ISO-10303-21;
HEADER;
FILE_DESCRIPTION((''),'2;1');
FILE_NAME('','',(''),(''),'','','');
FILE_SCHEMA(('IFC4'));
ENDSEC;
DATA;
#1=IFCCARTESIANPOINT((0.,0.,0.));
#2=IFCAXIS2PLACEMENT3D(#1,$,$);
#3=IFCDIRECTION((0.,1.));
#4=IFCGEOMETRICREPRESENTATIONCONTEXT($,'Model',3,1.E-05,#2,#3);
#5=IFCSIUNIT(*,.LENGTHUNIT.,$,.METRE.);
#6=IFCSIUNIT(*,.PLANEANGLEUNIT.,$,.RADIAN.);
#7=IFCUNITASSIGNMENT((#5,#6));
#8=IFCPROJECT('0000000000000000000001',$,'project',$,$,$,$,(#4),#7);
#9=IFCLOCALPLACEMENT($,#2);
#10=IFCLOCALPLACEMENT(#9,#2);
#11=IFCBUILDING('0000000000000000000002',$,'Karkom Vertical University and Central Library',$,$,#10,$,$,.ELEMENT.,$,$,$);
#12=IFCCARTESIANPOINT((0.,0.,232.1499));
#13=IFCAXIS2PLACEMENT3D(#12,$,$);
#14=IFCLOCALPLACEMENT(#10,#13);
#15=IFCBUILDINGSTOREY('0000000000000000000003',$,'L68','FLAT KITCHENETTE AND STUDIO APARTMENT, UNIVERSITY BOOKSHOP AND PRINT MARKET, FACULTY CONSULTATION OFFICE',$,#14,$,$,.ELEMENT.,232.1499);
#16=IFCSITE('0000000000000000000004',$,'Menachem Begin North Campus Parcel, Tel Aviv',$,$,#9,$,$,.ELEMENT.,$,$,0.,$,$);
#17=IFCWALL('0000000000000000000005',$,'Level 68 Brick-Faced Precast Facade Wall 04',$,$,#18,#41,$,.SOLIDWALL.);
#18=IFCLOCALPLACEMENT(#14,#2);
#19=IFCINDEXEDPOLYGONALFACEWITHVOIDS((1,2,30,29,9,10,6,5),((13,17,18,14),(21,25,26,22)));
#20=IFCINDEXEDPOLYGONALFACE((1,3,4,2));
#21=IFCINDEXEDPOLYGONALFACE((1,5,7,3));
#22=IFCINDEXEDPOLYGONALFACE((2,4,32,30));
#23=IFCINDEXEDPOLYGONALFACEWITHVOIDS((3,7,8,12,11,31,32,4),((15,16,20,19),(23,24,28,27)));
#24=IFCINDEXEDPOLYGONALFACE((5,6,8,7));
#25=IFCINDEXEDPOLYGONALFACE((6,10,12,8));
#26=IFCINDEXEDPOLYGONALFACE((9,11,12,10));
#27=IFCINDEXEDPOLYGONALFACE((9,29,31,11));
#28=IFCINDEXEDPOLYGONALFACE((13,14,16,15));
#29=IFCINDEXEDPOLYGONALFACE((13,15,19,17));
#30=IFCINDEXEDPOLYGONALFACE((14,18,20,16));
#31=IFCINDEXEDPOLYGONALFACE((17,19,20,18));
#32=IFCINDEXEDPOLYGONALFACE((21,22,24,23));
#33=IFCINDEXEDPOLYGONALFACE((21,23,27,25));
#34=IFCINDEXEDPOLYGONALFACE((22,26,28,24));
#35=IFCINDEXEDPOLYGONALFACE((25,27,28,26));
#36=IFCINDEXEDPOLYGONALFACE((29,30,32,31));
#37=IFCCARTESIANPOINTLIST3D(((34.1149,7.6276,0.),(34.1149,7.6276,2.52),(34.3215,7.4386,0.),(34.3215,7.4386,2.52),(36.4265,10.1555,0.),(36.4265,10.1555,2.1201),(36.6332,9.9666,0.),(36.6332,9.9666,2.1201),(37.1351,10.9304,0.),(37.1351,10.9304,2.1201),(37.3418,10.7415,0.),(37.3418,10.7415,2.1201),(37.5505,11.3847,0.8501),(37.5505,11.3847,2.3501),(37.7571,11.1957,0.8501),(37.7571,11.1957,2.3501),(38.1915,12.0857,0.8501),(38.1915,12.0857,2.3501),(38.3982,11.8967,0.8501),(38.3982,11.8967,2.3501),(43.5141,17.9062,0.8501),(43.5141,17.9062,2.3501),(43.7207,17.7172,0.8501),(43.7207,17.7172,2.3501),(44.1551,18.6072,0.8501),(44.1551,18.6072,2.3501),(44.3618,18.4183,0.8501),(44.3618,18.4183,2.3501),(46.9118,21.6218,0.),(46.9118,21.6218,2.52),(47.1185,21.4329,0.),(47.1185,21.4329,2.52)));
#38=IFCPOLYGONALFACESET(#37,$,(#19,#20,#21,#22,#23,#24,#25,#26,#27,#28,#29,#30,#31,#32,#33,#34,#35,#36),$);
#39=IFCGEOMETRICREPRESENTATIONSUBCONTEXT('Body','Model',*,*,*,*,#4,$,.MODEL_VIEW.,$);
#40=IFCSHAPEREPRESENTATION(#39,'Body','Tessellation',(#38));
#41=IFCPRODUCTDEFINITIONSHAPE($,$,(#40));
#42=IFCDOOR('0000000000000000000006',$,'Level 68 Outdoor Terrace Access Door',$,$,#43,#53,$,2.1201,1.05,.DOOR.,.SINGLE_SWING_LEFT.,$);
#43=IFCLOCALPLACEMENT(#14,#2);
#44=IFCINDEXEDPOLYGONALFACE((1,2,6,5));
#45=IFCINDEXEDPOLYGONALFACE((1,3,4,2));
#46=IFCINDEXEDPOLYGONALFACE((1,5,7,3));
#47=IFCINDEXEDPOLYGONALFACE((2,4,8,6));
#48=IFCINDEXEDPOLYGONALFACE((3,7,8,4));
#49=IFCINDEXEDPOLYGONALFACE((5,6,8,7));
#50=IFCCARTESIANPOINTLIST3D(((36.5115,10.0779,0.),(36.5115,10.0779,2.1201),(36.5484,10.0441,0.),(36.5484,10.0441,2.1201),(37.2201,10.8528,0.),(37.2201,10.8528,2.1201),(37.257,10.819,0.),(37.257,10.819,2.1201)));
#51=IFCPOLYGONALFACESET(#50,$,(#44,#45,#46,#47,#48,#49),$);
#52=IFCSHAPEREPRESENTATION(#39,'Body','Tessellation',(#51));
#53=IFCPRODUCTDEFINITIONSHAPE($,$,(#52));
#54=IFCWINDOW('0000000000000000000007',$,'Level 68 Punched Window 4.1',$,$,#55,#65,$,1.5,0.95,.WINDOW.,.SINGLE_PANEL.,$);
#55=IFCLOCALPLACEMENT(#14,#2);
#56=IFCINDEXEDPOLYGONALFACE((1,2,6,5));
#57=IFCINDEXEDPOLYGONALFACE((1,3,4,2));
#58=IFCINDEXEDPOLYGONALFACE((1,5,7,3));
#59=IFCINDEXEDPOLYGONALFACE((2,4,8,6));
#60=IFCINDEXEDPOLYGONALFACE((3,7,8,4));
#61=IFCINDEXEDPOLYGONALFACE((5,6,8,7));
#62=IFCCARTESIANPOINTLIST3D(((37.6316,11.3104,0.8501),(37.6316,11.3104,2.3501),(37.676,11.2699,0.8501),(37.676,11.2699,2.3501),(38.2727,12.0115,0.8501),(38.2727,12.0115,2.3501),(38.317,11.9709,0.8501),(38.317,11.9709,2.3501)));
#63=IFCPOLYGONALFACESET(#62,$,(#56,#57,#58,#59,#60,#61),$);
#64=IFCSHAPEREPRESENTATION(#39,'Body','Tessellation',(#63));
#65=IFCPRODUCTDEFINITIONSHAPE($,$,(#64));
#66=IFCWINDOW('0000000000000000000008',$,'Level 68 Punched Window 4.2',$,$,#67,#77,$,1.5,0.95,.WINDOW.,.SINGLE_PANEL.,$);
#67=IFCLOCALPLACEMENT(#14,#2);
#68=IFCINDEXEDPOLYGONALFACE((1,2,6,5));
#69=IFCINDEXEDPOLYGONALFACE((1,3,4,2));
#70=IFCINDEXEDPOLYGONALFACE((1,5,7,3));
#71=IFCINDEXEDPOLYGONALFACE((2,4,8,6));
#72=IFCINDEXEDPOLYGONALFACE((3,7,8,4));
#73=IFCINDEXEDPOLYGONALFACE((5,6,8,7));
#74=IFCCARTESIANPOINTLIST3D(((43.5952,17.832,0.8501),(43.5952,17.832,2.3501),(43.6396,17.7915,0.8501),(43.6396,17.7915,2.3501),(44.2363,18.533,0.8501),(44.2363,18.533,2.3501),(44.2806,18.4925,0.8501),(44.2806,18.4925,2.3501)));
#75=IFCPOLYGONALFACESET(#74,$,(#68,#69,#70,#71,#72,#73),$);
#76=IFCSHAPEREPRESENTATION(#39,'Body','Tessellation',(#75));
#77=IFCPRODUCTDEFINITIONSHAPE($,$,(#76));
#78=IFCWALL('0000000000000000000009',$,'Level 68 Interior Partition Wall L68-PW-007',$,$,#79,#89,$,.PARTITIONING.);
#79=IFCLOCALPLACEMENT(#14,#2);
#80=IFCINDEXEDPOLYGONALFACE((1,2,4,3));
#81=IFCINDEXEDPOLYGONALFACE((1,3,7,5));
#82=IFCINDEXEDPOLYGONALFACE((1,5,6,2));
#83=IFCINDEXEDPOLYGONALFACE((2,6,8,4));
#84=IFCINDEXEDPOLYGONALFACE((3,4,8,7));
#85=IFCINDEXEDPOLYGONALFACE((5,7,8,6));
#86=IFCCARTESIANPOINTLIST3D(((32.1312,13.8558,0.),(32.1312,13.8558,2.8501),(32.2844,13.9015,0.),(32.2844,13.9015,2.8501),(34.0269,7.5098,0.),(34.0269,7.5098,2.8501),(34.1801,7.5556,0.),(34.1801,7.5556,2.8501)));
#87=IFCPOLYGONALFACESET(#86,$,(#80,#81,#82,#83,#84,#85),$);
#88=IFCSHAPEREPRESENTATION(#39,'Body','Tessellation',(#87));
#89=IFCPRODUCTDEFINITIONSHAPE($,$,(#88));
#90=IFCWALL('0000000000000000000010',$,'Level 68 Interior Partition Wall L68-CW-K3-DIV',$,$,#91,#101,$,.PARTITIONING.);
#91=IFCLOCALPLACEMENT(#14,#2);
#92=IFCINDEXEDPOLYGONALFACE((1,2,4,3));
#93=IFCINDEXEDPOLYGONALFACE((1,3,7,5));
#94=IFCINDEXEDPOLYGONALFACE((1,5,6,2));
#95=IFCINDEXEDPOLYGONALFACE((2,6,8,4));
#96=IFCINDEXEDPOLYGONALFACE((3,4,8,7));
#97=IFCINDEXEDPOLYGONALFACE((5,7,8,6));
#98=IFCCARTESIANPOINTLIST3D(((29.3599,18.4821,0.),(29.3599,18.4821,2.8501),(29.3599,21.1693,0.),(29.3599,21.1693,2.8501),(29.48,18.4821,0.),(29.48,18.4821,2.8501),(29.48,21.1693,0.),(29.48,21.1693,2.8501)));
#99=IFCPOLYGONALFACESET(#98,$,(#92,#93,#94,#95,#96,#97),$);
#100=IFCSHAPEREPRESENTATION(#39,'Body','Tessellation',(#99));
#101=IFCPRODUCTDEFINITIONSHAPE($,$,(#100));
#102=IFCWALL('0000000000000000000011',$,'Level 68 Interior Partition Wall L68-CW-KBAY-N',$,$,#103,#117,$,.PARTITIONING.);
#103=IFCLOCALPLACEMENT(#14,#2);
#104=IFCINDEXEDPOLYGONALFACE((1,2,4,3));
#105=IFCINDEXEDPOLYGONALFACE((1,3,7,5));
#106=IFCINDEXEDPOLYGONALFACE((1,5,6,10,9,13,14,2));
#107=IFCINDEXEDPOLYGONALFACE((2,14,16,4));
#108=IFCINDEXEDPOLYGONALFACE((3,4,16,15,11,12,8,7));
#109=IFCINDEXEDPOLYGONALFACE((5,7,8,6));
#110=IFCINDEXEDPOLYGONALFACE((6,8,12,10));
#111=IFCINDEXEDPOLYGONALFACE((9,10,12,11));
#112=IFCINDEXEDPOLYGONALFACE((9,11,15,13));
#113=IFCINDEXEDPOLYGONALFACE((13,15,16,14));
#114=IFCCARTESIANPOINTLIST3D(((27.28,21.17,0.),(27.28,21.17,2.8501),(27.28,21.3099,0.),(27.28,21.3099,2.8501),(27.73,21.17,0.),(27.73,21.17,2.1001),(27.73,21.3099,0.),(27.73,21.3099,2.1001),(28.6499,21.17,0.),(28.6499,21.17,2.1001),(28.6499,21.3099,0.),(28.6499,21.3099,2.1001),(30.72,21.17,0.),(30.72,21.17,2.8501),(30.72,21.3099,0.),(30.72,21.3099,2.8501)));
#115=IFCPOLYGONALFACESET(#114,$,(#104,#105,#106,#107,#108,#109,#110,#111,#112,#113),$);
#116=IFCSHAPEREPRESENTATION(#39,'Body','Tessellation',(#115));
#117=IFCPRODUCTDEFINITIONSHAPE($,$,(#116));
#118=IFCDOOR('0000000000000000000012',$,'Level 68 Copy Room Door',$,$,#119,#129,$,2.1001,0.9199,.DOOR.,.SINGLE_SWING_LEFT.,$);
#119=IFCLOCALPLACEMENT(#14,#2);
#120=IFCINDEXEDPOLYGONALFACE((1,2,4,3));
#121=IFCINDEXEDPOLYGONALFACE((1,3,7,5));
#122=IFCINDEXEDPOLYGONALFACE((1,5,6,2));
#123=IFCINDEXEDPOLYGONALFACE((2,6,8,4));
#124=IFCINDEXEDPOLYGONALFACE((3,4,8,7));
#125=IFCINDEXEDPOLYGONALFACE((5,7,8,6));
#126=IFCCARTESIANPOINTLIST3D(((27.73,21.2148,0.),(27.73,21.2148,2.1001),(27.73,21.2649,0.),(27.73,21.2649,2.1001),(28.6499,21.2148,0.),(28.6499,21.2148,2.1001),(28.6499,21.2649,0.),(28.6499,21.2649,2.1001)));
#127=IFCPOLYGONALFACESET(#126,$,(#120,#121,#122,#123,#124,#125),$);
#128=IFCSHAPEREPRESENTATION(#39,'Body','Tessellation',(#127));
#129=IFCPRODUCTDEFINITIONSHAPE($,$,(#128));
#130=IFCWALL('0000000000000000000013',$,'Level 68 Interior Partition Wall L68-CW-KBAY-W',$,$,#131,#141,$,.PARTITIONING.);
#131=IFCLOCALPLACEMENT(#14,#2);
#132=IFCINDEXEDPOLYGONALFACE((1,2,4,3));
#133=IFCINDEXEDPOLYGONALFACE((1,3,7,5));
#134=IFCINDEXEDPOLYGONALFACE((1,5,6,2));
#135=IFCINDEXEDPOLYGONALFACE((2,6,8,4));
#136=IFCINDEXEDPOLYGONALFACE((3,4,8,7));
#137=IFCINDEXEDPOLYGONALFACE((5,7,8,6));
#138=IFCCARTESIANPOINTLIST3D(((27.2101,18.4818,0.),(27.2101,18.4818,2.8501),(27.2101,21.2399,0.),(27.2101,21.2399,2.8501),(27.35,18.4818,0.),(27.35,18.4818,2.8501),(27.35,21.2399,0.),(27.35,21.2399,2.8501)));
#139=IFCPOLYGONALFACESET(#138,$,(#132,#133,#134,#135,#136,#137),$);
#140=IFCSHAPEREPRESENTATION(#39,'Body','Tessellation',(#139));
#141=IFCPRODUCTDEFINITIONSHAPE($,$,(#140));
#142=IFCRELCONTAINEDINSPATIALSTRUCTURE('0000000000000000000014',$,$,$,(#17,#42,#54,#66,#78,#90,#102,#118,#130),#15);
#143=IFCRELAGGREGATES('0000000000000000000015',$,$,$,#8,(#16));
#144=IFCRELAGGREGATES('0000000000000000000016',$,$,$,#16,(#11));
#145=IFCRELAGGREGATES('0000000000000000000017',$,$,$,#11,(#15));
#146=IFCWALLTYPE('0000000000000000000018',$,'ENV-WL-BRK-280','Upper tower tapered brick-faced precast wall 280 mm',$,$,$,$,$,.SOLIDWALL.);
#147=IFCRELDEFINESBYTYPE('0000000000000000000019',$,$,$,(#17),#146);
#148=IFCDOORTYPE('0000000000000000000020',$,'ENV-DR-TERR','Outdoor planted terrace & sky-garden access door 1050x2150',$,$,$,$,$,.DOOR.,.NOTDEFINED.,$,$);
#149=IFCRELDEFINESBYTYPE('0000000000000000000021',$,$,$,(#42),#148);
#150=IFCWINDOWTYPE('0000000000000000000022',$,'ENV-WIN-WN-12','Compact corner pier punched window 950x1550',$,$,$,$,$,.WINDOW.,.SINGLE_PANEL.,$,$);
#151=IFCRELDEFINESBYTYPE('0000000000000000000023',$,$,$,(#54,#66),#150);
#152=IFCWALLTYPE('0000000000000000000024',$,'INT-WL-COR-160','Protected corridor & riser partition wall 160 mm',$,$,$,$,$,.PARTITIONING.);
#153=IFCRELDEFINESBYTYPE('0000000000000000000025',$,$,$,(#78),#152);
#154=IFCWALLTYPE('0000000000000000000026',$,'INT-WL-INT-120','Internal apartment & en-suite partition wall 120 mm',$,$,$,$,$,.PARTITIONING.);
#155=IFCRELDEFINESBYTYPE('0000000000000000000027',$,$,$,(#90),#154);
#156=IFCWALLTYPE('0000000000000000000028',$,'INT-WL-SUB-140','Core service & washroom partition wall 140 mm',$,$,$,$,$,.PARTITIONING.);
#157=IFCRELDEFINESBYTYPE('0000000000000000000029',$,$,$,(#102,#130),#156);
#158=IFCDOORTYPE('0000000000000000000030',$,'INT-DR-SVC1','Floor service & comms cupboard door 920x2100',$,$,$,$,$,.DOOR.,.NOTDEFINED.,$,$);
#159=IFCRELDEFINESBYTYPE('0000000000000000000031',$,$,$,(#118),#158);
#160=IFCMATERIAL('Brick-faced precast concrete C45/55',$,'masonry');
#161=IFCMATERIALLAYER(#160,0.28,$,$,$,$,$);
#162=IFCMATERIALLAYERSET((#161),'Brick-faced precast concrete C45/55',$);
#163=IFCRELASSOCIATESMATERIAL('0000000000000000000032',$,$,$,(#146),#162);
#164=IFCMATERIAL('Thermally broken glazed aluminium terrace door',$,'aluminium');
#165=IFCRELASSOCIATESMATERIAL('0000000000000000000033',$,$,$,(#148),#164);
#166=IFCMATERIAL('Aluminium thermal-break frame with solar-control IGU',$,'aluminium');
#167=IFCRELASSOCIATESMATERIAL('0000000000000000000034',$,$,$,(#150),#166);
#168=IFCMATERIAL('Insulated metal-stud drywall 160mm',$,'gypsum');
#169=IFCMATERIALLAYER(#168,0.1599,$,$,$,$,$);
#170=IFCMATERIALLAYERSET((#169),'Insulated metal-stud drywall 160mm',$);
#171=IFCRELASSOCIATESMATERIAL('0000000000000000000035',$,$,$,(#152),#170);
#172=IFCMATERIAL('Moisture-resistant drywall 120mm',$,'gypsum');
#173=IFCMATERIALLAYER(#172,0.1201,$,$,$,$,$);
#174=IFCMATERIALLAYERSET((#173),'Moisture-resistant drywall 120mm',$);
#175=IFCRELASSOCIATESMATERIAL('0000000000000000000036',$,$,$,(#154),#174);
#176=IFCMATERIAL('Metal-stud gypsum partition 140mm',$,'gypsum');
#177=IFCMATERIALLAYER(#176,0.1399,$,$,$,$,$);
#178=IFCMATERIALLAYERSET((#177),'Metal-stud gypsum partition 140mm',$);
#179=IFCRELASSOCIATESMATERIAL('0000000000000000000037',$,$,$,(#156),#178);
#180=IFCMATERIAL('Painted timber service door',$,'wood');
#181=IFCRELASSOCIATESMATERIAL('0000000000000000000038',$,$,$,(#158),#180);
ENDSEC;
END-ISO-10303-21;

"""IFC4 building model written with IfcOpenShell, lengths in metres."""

from ifc_helpers import new_model, si_unit, direction, frame, frame_2d, origin, origin_with_axes, place, context, subcontext, project, spatial, rectangle, extrude, source, transform, mapped, material, layer, layer_set, type_object, element, fill, save


model = new_model("IFC4")

# Units and contexts
model_context = context("Model", 3, precision=1e-05, world=origin(), true_north=direction((0.0, 1.0)))
body_context = subcontext(model_context, "Body", "Model", "MODEL_VIEW")
ifc_project = project(units=[si_unit("LENGTHUNIT", "METRE"), si_unit("PLANEANGLEUNIT", "RADIAN")], contexts=[model_context])

# Site, building, storey
site_placement = place(None, origin())
site = spatial("IfcSite", under=ifc_project, at=site_placement, Name="Menachem Begin North Campus Parcel, Tel Aviv", CompositionType="ELEMENT", RefElevation=0.0)
building_placement = place(site_placement, origin())
building = spatial("IfcBuilding", under=site, at=building_placement, Name="Karkom Vertical University and Central Library", CompositionType="ELEMENT")
storey_placement = place(building_placement, frame((0.0, 0.0, 232.1499)))
storey = spatial("IfcBuildingStorey", under=building, at=storey_placement, Name="L68", Description="FLAT KITCHENETTE AND STUDIO APARTMENT, UNIVERSITY BOOKSHOP AND PRINT MARKET, FACULTY CONSULTATION OFFICE", CompositionType="ELEMENT", Elevation=232.1499)

# Shared definitions
ifc_material_1 = material(Name="Brick-faced precast concrete C45/55", Category="masonry")
ifc_layer_1 = layer(ifc_material_1, 0.28)
ifc_layer_set_1 = layer_set([ifc_layer_1], Name="Brick-faced precast concrete C45/55")
wall_type_1 = type_object("IfcWallType", Name="ENV-WL-BRK-280", Description="Upper tower tapered brick-faced precast wall 280 mm", PredefinedType="SOLIDWALL", material=ifc_layer_set_1)
ifc_material_2 = material(Name="Aluminium thermal-break frame with solar-control IGU", Category="aluminium")

# Wall, openings, door, windows
wall_1_placement = place(storey_placement, frame((34.2183, 7.5332, 0.0), z_axis=(0.0, 0.0, 1.0), x_axis=(0.674833, 0.73797, 0.0)))
wall_1 = element("IfcWall", 1, at=wall_1_placement, inside=storey, type_object=wall_type_1, Name="Level 68 Brick-Faced Precast Facade Wall 04", PredefinedType="SOLIDWALL", context=body_context, shape_type="SweptSolid", body=[
    extrude(rectangle(XDim=18.9631, YDim=0.28, at=frame_2d((9.4814, 0.0))), origin(), (0.0, 0.0, 1.0), 2.52),
])
opening_1_placement = place(wall_1_placement, frame((5.0908, 0.0, 0.8501)))
opening_1 = element("IfcOpeningElement", 2, at=opening_1_placement, cuts=wall_1, PredefinedType="OPENING", context=body_context, shape_type="SweptSolid", body=[
    extrude(rectangle(XDim=0.95, YDim=1.5, at=frame_2d((0.4751, 0.75))), frame((0.0, 0.1499, 0.0), z_axis=(0.0, -1.0, 0.0), x_axis=(1.0, 0.0, 0.0)), (0.0, 0.0, 1.0), 0.3),
])
opening_2_placement = place(wall_1_placement, frame((13.928, 0.0, 0.8501)))
opening_2 = element("IfcOpeningElement", 3, at=opening_2_placement, cuts=wall_1, PredefinedType="OPENING", context=body_context, shape_type="SweptSolid", body=[
    extrude(rectangle(XDim=0.95, YDim=1.5, at=frame_2d((0.4751, 0.75))), frame((0.0, 0.1499, 0.0), z_axis=(0.0, -1.0, 0.0), x_axis=(1.0, 0.0, 0.0)), (0.0, 0.0, 1.0), 0.3),
])
opening_3_placement = place(wall_1_placement, frame((3.4255, 0.0, 0.0)))
opening_3 = element("IfcOpeningElement", 4, at=opening_3_placement, cuts=wall_1, PredefinedType="OPENING", context=body_context, shape_type="SweptSolid", body=[
    extrude(rectangle(XDim=1.05, YDim=2.1201, at=frame_2d((0.5249, 1.0601))), frame((0.0, 0.1499, 0.0), z_axis=(0.0, -1.0, 0.0), x_axis=(1.0, 0.0, 0.0)), (0.0, 0.0, 1.0), 0.3),
])
ifc_material_3 = material(Name="Thermally broken glazed aluminium terrace door", Category="aluminium")
door_type_1 = type_object("IfcDoorType", Name="ENV-DR-TERR", Description="Outdoor planted terrace & sky-garden access door 1050x2150", OperationType="NOTDEFINED", PredefinedType="DOOR", material=ifc_material_3)
shared_shape_1 = source(origin_with_axes(), body_context, "Body", "SweptSolid", [
    extrude(rectangle(XDim=1.05, YDim=2.1201, at=frame_2d((0.5249, 1.0601))), frame((0.0, 0.0249, 0.0), z_axis=(0.0, -1.0, 0.0), x_axis=(1.0, 0.0, 0.0)), (0.0, 0.0, 1.0), 0.05),
])
door_1_placement = place(opening_3_placement, origin())
door_1 = element("IfcDoor", 5, at=door_1_placement, inside=storey, type_object=door_type_1, Name="Level 68 Outdoor Terrace Access Door", OperationType="SINGLE_SWING_LEFT", OverallHeight=2.1201, OverallWidth=1.05, PredefinedType="DOOR", context=body_context, shape_type="MappedRepresentation", body=[
    mapped(shared_shape_1, transform((0.0, 0.0, 0.0), scale=1.0)),
])
fill(opening_3, door_1)
window_type_1 = type_object("IfcWindowType", Name="ENV-WIN-WN-12", Description="Compact corner pier punched window 950x1550", PartitioningType="SINGLE_PANEL", PredefinedType="WINDOW", material=ifc_material_2)
shared_shape_2 = source(origin_with_axes(), body_context, "Body", "SweptSolid", [
    extrude(rectangle(XDim=0.95, YDim=1.5, at=frame_2d((0.4751, 0.75))), frame((0.0, 0.03, 0.0), z_axis=(0.0, -1.0, 0.0), x_axis=(1.0, 0.0, 0.0)), (0.0, 0.0, 1.0), 0.0601),
])
window_1_placement = place(opening_1_placement, origin())
window_1 = element("IfcWindow", 6, at=window_1_placement, inside=storey, type_object=window_type_1, Name="Level 68 Punched Window 4.1", OverallHeight=1.5, OverallWidth=0.95, PartitioningType="SINGLE_PANEL", PredefinedType="WINDOW", context=body_context, shape_type="MappedRepresentation", body=[
    mapped(shared_shape_2, transform((0.0, 0.0, 0.0), scale=1.0)),
])
fill(opening_1, window_1)
window_2_placement = place(opening_2_placement, origin())
window_2 = element("IfcWindow", 7, at=window_2_placement, inside=storey, type_object=window_type_1, Name="Level 68 Punched Window 4.2", OverallHeight=1.5, OverallWidth=0.95, PartitioningType="SINGLE_PANEL", PredefinedType="WINDOW", context=body_context, shape_type="MappedRepresentation", body=[
    mapped(shared_shape_2, transform((0.0, 0.0, 0.0), scale=1.0)),
])
fill(opening_2, window_2)

# Walls
ifc_material_4 = material(Name="Insulated metal-stud drywall 160mm", Category="gypsum")
ifc_layer_2 = layer(ifc_material_4, 0.1599)
ifc_layer_set_2 = layer_set([ifc_layer_2], Name="Insulated metal-stud drywall 160mm")
wall_type_2 = type_object("IfcWallType", Name="INT-WL-COR-160", Description="Protected corridor & riser partition wall 160 mm", PredefinedType="PARTITIONING", material=ifc_layer_set_2)
wall_2_placement = place(storey_placement, frame((32.2078, 13.8787, 0.0), z_axis=(0.0, 0.0, 1.0), x_axis=(0.286235, -0.958159, 0.0)))
element("IfcWall", 8, at=wall_2_placement, inside=storey, type_object=wall_type_2, Name="Level 68 Interior Partition Wall L68-PW-007", PredefinedType="PARTITIONING", context=body_context, shape_type="SweptSolid", body=[
    extrude(rectangle(XDim=6.623, YDim=0.1599, at=frame_2d((3.3115, 0.0))), origin(), (0.0, 0.0, 1.0), 2.8501),
])
ifc_material_5 = material(Name="Moisture-resistant drywall 120mm", Category="gypsum")
ifc_layer_3 = layer(ifc_material_5, 0.1201)
ifc_layer_set_3 = layer_set([ifc_layer_3], Name="Moisture-resistant drywall 120mm")
wall_type_3 = type_object("IfcWallType", Name="INT-WL-INT-120", Description="Internal apartment & en-suite partition wall 120 mm", PredefinedType="PARTITIONING", material=ifc_layer_set_3)
wall_3_placement = place(storey_placement, frame((29.4199, 18.4819, 0.0), z_axis=(0.0, 0.0, 1.0), x_axis=(0.0, 1.0, 0.0)))
element("IfcWall", 9, at=wall_3_placement, inside=storey, type_object=wall_type_3, Name="Level 68 Interior Partition Wall L68-CW-K3-DIV", PredefinedType="PARTITIONING", context=body_context, shape_type="SweptSolid", body=[
    extrude(rectangle(XDim=2.6873, YDim=0.1201, at=frame_2d((1.3438, 0.0))), origin(), (0.0, 0.0, 1.0), 2.8501),
])

# Wall, opening, door
ifc_material_6 = material(Name="Metal-stud gypsum partition 140mm", Category="gypsum")
ifc_layer_4 = layer(ifc_material_6, 0.1399)
ifc_layer_set_4 = layer_set([ifc_layer_4], Name="Metal-stud gypsum partition 140mm")
wall_type_4 = type_object("IfcWallType", Name="INT-WL-SUB-140", Description="Core service & washroom partition wall 140 mm", PredefinedType="PARTITIONING", material=ifc_layer_set_4)
wall_4_placement = place(storey_placement, frame((27.28, 21.24, 0.0), z_axis=(0.0, 0.0, 1.0), x_axis=(1.0, 0.0, 0.0)))
wall_4 = element("IfcWall", 10, at=wall_4_placement, inside=storey, type_object=wall_type_4, Name="Level 68 Interior Partition Wall L68-CW-KBAY-N", PredefinedType="PARTITIONING", context=body_context, shape_type="SweptSolid", body=[
    extrude(rectangle(XDim=3.4399, YDim=0.1399, at=frame_2d((1.72, 0.0))), origin(), (0.0, 0.0, 1.0), 2.8501),
])
opening_4_placement = place(wall_4_placement, frame((0.45, 0.0, 0.0)))
opening_4 = element("IfcOpeningElement", 11, at=opening_4_placement, cuts=wall_4, PredefinedType="OPENING", context=body_context, shape_type="SweptSolid", body=[
    extrude(rectangle(XDim=0.9199, YDim=2.1001, at=frame_2d((0.46, 1.05))), frame((0.0, 0.0801, 0.0), z_axis=(0.0, -1.0, 0.0), x_axis=(1.0, 0.0, 0.0)), (0.0, 0.0, 1.0), 0.1599),
])
ifc_material_7 = material(Name="Painted timber service door", Category="wood")
door_type_2 = type_object("IfcDoorType", Name="INT-DR-SVC1", Description="Floor service & comms cupboard door 920x2100", OperationType="NOTDEFINED", PredefinedType="DOOR", material=ifc_material_7)
shared_shape_3 = source(origin_with_axes(), body_context, "Body", "SweptSolid", [
    extrude(rectangle(XDim=0.9199, YDim=2.1001, at=frame_2d((0.46, 1.05))), frame((0.0, 0.0249, 0.0), z_axis=(0.0, -1.0, 0.0), x_axis=(1.0, 0.0, 0.0)), (0.0, 0.0, 1.0), 0.05),
])
door_2_placement = place(opening_4_placement, origin())
door_2 = element("IfcDoor", 12, at=door_2_placement, inside=storey, type_object=door_type_2, Name="Level 68 Copy Room Door", OperationType="SINGLE_SWING_LEFT", OverallHeight=2.1001, OverallWidth=0.9199, PredefinedType="DOOR", context=body_context, shape_type="MappedRepresentation", body=[
    mapped(shared_shape_3, transform((0.0, 0.0, 0.0), scale=1.0)),
])
fill(opening_4, door_2)

# Wall
wall_5_placement = place(storey_placement, frame((27.28, 18.4819, 0.0), z_axis=(0.0, 0.0, 1.0), x_axis=(0.0, 1.0, 0.0)))
element("IfcWall", 13, at=wall_5_placement, inside=storey, type_object=wall_type_4, Name="Level 68 Interior Partition Wall L68-CW-KBAY-W", PredefinedType="PARTITIONING", context=body_context, shape_type="SweptSolid", body=[
    extrude(rectangle(XDim=2.7581, YDim=0.1399, at=frame_2d((1.3789, 0.0))), origin(), (0.0, 0.0, 1.0), 2.8501),
])

save(model, "model.ifc")
